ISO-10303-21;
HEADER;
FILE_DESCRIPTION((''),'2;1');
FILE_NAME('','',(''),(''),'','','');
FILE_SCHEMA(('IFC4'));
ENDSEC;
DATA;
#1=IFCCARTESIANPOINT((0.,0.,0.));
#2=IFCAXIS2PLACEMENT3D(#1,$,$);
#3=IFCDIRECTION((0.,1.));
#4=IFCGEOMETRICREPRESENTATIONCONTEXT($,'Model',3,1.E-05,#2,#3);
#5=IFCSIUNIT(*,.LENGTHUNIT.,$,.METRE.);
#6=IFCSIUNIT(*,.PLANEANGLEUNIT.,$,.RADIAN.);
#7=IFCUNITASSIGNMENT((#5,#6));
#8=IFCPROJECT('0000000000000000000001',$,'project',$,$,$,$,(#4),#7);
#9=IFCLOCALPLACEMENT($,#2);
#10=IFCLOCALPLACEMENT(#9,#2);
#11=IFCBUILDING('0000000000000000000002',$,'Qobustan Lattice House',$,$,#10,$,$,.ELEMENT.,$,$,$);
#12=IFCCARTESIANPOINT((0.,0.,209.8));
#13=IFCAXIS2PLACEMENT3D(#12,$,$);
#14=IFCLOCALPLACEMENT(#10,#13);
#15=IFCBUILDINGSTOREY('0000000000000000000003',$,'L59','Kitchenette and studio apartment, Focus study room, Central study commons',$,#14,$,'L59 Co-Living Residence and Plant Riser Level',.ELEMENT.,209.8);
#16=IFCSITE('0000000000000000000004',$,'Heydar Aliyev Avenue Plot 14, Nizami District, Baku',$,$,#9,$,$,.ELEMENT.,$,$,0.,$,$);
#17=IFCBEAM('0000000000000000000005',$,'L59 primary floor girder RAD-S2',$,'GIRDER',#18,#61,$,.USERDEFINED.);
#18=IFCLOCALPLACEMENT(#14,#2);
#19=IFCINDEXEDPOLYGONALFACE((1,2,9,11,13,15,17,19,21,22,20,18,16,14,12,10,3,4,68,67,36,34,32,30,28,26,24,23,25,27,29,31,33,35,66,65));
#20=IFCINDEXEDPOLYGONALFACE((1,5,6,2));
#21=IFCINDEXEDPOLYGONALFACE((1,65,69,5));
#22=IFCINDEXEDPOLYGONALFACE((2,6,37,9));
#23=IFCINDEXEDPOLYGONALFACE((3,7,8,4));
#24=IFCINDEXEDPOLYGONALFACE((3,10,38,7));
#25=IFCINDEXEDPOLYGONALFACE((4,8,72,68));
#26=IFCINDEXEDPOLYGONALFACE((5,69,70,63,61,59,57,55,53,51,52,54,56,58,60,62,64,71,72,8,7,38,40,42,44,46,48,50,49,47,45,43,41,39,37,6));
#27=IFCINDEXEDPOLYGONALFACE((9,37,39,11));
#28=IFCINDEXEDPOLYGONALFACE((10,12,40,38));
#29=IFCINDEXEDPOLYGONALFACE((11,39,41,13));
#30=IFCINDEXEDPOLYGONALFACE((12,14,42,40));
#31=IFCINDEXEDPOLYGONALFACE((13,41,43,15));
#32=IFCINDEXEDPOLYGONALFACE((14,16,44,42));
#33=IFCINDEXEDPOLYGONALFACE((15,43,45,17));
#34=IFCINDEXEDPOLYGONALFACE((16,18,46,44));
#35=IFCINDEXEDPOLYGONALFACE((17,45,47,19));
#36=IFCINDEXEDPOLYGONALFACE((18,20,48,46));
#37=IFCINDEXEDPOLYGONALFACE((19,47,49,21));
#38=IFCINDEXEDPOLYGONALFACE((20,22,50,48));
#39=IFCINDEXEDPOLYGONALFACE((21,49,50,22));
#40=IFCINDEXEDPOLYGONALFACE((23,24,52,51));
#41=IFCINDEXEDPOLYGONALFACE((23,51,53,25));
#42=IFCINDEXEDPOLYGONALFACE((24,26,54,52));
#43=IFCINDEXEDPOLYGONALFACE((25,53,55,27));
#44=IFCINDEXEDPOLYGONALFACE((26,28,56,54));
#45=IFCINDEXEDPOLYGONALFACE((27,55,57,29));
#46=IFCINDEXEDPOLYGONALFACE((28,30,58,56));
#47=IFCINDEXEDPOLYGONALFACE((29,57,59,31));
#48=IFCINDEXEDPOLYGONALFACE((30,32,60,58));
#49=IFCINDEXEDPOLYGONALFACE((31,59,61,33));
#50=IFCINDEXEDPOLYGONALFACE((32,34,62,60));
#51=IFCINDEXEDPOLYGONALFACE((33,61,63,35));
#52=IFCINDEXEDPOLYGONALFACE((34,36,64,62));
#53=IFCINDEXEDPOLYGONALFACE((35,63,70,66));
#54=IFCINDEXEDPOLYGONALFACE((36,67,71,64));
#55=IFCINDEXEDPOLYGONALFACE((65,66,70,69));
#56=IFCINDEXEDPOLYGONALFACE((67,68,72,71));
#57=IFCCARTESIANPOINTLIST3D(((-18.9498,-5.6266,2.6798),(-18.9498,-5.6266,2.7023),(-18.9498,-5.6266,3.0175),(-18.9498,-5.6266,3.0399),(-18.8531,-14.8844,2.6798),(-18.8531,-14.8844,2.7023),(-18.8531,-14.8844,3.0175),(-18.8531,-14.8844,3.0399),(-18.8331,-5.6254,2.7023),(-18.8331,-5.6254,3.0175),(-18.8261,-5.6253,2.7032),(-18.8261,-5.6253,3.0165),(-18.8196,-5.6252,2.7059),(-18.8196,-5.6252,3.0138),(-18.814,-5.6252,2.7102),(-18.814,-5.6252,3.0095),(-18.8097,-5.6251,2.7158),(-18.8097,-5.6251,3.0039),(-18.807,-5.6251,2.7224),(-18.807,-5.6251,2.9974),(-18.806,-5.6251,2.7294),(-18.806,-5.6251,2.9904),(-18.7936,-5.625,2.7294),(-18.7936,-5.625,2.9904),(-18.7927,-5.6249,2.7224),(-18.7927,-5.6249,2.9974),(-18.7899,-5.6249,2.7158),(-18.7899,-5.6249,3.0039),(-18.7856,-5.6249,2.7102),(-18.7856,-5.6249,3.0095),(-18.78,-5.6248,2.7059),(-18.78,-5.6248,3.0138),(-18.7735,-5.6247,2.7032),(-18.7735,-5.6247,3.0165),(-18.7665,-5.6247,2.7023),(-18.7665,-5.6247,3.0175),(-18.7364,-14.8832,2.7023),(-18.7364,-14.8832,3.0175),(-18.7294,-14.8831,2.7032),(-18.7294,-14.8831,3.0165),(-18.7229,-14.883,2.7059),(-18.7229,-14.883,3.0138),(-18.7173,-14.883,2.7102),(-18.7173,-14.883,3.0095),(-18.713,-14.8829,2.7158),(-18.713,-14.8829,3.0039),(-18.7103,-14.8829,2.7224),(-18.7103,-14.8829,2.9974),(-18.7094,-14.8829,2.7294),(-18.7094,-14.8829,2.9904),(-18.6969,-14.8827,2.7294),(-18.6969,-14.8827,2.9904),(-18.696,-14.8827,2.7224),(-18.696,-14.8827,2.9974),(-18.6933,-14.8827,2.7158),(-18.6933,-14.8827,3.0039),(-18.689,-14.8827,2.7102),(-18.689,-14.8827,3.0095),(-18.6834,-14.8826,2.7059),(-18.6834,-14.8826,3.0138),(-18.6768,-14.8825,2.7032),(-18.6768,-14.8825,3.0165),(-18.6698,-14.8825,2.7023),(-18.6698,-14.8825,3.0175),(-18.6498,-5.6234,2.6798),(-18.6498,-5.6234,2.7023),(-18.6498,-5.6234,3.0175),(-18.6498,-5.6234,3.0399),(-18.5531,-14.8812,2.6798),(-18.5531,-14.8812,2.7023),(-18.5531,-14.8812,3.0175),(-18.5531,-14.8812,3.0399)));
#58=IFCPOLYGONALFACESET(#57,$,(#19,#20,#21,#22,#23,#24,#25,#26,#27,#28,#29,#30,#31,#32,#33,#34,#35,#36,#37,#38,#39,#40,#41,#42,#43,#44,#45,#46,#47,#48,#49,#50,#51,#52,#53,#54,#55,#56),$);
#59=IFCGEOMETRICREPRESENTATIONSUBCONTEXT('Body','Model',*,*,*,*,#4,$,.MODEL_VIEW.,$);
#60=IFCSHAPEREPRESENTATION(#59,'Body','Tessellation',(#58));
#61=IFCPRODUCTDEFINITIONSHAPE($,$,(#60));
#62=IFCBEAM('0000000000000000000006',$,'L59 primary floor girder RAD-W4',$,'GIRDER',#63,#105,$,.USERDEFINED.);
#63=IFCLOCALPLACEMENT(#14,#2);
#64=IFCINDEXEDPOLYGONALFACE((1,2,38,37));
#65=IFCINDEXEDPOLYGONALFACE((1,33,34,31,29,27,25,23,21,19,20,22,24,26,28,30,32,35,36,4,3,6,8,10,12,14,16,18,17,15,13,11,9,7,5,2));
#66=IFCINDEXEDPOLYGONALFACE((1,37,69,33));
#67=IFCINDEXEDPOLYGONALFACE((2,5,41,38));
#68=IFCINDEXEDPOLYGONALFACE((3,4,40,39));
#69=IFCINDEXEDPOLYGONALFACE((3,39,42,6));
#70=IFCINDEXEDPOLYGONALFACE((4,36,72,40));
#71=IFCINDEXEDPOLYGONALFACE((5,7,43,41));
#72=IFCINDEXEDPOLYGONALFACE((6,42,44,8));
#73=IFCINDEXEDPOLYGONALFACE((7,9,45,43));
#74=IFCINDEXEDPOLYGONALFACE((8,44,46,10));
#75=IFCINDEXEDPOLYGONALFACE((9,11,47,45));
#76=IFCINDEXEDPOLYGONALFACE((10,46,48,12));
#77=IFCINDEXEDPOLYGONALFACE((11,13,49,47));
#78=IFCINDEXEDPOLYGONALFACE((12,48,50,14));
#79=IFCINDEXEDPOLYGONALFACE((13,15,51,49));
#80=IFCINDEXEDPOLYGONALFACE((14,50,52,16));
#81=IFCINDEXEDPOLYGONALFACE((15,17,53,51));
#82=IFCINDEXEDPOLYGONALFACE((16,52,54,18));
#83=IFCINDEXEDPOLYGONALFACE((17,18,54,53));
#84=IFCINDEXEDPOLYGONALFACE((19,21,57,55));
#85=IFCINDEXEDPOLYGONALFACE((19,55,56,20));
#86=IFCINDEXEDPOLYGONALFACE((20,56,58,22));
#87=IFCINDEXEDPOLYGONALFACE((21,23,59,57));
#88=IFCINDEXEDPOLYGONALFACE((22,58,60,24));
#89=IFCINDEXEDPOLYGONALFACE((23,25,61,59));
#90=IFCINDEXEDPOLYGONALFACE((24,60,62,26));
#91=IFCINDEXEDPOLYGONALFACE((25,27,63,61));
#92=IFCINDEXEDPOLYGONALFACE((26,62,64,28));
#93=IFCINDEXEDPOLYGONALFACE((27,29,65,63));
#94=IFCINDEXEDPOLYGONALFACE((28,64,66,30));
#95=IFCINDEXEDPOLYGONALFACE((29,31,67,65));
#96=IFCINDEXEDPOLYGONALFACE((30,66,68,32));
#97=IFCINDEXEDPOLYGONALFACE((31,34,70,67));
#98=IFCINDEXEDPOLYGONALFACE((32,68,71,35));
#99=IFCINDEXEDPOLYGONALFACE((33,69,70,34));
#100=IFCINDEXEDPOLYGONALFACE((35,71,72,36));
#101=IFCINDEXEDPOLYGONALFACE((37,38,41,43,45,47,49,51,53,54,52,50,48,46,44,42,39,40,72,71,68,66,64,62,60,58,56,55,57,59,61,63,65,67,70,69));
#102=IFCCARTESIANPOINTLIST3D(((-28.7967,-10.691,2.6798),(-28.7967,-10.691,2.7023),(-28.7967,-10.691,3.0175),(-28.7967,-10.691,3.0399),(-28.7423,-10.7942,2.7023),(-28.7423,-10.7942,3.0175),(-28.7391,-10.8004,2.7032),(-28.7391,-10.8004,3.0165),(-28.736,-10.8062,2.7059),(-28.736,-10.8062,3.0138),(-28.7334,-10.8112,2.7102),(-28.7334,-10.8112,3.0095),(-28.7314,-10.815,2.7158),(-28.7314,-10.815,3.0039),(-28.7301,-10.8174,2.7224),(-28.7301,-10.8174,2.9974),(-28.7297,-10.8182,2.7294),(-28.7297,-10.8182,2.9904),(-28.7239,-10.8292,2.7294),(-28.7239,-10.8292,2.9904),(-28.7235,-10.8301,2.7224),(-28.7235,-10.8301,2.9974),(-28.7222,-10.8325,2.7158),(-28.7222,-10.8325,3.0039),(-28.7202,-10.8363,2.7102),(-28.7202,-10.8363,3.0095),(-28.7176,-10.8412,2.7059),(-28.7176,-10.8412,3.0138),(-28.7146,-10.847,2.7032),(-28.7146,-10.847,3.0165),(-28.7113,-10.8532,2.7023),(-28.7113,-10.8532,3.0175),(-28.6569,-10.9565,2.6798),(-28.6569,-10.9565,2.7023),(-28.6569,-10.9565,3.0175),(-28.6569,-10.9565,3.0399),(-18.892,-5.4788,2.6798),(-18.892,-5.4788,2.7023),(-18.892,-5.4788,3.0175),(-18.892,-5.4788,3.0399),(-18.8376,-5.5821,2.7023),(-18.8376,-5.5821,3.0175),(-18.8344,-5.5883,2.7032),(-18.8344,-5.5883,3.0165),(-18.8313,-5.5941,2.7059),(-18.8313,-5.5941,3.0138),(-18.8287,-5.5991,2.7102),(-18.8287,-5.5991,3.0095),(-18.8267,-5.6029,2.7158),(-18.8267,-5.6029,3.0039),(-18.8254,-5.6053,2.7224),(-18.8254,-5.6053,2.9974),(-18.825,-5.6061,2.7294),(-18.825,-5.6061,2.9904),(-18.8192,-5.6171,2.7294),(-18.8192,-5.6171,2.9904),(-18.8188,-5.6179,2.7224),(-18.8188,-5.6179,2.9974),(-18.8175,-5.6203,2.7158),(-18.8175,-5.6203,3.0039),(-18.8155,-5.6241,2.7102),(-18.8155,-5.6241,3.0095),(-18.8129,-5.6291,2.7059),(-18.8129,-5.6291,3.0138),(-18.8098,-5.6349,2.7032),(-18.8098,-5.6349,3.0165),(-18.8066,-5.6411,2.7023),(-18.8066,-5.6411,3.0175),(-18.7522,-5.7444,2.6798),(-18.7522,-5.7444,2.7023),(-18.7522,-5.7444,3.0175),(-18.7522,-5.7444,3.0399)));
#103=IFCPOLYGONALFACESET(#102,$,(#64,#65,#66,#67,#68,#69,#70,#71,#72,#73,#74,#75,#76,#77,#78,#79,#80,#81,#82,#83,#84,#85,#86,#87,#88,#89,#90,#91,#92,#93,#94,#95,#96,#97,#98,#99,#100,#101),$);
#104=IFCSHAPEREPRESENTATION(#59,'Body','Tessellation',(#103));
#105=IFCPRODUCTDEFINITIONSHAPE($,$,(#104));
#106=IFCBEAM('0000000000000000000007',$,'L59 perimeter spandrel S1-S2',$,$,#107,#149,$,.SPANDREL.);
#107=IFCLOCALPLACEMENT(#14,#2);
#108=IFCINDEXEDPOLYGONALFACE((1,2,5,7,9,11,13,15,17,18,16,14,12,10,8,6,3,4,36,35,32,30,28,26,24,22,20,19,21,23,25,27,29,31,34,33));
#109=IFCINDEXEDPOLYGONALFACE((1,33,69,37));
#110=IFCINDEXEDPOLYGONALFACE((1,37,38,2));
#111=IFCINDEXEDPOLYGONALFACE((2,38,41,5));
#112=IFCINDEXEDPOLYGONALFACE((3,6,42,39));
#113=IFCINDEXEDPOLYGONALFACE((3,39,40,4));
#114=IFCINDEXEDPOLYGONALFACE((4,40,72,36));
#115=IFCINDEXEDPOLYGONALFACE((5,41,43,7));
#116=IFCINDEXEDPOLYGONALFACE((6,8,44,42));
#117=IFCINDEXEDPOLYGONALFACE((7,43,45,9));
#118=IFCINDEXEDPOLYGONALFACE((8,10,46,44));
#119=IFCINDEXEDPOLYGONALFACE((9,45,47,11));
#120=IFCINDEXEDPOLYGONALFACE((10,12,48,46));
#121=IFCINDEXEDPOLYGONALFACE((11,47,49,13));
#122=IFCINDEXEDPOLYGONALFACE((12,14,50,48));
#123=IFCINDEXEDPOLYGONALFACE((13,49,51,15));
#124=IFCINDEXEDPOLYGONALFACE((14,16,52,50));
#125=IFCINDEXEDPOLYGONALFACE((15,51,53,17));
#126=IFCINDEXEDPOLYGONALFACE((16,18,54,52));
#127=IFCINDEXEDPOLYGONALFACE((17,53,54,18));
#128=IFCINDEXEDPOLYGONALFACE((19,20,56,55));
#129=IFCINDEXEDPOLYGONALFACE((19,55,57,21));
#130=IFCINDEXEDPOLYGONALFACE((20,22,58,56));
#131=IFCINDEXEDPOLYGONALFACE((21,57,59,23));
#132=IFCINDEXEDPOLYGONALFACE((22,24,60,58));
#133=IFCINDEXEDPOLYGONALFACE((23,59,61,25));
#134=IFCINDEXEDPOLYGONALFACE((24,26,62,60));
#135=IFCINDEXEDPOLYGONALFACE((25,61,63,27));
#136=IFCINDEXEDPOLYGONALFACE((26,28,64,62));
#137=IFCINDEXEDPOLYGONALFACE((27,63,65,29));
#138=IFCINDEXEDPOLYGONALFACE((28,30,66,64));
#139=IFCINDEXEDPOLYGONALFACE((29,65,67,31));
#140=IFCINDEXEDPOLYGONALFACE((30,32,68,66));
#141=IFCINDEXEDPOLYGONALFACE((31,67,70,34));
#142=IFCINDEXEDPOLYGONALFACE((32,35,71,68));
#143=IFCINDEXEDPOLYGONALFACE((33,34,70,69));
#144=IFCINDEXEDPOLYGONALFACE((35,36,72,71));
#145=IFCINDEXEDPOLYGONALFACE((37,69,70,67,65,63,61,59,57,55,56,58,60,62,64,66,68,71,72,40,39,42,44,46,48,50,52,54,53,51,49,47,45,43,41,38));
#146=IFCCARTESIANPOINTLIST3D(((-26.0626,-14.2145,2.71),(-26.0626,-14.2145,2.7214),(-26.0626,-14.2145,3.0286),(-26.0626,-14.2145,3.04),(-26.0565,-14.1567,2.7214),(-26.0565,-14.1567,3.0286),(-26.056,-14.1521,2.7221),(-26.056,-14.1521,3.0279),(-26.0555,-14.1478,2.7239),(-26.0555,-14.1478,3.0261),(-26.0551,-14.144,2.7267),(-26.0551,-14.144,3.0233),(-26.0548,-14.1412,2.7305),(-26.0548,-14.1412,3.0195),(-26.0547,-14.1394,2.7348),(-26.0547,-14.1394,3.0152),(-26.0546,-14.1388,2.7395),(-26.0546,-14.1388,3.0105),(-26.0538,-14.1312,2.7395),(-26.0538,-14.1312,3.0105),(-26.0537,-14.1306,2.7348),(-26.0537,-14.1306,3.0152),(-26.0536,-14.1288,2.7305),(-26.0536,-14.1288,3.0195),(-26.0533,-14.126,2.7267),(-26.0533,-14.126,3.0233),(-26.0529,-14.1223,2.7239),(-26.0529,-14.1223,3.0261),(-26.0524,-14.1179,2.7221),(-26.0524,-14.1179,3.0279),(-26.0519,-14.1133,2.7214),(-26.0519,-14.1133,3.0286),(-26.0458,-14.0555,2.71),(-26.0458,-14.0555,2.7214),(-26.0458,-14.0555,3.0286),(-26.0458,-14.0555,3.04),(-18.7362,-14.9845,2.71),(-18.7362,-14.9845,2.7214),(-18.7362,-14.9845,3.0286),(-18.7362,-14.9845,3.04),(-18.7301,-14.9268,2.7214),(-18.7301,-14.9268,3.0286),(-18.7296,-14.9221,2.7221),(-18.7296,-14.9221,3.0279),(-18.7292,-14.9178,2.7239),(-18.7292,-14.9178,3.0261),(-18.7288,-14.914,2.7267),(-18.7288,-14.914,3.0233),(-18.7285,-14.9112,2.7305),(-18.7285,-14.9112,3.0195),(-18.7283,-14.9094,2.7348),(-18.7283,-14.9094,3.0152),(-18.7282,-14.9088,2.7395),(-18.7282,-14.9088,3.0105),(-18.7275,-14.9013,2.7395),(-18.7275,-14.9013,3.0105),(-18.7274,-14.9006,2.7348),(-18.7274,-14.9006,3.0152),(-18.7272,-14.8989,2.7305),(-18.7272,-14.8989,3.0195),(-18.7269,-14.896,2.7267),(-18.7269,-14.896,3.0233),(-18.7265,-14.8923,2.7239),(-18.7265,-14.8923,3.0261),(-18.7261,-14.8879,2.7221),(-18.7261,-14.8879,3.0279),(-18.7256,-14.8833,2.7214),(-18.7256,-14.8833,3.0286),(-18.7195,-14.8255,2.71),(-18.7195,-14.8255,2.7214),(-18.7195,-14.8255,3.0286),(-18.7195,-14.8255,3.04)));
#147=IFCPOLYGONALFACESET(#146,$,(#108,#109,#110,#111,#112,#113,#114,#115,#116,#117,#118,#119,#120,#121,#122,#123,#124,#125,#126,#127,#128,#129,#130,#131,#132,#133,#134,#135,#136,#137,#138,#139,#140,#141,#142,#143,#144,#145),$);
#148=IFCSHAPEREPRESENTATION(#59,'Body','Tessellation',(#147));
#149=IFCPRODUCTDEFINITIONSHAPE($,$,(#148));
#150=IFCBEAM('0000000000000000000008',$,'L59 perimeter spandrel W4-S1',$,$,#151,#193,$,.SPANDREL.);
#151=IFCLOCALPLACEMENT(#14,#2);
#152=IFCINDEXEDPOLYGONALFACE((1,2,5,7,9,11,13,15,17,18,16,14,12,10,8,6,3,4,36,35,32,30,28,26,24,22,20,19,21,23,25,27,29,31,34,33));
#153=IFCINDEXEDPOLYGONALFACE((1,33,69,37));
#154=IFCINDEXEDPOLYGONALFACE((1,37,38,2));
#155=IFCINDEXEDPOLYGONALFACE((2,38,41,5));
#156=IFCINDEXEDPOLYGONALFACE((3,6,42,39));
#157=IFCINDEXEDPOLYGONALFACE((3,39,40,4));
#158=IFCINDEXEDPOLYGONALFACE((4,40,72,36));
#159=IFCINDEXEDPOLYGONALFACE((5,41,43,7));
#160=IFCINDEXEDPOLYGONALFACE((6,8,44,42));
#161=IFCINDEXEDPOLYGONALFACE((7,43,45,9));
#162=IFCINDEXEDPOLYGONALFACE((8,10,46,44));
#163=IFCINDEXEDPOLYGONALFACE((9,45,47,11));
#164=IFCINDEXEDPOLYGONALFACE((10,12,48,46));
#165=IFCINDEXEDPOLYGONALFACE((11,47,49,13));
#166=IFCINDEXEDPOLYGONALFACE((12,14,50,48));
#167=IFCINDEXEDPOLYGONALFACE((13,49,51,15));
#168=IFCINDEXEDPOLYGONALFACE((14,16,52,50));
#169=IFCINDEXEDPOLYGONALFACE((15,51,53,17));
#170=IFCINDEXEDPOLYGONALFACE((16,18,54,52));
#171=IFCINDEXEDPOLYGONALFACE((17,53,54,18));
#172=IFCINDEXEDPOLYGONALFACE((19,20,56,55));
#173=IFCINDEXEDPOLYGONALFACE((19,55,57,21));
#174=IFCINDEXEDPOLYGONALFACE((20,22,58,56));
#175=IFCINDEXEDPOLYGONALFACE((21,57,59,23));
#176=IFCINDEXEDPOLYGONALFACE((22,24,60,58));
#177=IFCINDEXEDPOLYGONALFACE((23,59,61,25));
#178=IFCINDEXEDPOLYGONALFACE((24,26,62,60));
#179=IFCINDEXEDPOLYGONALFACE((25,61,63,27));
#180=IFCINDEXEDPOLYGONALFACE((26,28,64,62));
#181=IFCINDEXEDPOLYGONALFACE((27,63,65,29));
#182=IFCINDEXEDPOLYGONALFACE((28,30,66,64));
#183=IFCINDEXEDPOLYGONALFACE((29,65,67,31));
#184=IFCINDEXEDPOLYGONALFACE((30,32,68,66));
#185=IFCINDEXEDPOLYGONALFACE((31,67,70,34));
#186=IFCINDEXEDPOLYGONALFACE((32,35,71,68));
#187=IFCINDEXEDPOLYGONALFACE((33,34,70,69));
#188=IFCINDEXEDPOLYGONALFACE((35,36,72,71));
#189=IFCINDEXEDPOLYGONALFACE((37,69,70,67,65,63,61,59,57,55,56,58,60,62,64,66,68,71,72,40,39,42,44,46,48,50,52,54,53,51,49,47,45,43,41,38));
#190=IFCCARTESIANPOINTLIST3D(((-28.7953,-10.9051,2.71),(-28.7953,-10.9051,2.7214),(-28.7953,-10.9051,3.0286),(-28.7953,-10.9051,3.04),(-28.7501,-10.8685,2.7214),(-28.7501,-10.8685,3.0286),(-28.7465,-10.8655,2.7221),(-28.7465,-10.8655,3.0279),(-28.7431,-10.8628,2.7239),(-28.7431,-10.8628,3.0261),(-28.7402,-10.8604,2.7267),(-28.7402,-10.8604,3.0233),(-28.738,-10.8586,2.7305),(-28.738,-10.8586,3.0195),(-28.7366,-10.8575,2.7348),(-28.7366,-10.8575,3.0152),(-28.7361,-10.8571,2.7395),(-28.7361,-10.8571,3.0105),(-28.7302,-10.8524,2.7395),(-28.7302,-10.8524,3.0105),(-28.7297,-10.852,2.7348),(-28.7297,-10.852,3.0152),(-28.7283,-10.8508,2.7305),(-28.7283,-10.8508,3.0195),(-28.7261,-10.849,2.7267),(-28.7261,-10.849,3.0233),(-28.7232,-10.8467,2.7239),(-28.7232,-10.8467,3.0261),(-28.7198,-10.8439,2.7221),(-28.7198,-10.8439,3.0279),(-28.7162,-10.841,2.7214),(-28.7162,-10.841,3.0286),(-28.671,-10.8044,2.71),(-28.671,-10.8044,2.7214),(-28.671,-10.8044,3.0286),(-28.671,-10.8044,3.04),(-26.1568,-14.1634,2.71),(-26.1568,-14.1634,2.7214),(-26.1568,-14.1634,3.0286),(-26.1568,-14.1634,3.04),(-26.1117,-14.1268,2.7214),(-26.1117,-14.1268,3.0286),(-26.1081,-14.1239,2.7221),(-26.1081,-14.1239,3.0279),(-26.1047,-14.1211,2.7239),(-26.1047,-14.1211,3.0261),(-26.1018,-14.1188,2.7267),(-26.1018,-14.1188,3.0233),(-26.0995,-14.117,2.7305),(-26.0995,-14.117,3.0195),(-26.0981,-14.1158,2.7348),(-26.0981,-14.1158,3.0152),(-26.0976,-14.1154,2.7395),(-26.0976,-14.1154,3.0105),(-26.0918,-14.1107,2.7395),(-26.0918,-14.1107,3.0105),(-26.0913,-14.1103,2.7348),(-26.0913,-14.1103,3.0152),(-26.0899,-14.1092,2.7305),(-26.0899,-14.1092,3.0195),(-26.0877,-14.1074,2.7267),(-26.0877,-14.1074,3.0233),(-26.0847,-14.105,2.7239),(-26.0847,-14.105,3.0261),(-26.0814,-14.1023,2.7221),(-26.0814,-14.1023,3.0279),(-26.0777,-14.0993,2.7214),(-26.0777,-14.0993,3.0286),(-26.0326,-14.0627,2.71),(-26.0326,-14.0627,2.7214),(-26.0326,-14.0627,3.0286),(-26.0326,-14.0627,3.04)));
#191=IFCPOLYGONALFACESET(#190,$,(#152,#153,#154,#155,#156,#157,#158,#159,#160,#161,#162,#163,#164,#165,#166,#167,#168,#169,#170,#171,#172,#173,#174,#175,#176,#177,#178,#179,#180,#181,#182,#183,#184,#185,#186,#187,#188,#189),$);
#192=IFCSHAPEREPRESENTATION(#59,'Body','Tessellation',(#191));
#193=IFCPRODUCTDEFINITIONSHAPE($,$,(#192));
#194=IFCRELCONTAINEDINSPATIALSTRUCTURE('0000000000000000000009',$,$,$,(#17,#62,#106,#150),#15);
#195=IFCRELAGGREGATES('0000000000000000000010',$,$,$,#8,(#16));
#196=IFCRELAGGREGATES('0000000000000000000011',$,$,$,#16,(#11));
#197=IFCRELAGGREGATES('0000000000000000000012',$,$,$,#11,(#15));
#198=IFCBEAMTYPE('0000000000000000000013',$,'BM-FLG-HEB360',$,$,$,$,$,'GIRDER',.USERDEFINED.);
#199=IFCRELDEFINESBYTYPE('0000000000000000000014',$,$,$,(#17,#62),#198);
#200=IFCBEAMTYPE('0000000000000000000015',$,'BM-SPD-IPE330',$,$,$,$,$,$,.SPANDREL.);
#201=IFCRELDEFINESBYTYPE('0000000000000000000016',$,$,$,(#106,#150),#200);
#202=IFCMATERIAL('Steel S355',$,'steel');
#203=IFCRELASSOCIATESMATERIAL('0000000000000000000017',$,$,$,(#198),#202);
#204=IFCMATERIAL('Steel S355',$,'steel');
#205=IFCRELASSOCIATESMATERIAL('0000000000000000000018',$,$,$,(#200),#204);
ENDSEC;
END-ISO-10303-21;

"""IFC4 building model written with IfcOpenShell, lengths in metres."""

from ifc_helpers import new_model, si_unit, direction, frame, origin, origin_2d, place, context, subcontext, project, spatial, i_section, extrude, material, material_profile, profile_set, type_object, element, save


model = new_model("IFC4")

# Units and contexts
model_context = context("Model", 3, precision=1e-05, world=origin(), true_north=direction((0.0, 1.0)))
body_context = subcontext(model_context, "Body", "Model", "MODEL_VIEW")
ifc_project = project(units=[si_unit("LENGTHUNIT", "METRE"), si_unit("PLANEANGLEUNIT", "RADIAN")], contexts=[model_context])

# Site, building, storey
site_placement = place(None, origin())
site = spatial("IfcSite", under=ifc_project, at=site_placement, Name="Heydar Aliyev Avenue Plot 14, Nizami District, Baku", CompositionType="ELEMENT", RefElevation=0.0)
building_placement = place(site_placement, origin())
building = spatial("IfcBuilding", under=site, at=building_placement, Name="Qobustan Lattice House", CompositionType="ELEMENT")
storey_placement = place(building_placement, frame((0.0, 0.0, 209.8)))
storey = spatial("IfcBuildingStorey", under=building, at=storey_placement, Name="L59", Description="Kitchenette and studio apartment, Focus study room, Central study commons", LongName="L59 Co-Living Residence and Plant Riser Level", CompositionType="ELEMENT", Elevation=209.8)

# Beams
ifc_material_1 = material(Name="Steel S355", Category="steel")
ifc_material_profile_1 = material_profile(ifc_material_1, i_section(OverallWidth=0.3, OverallDepth=0.3601, WebThickness=0.0125, FlangeThickness=0.0225, FilletRadius=0.0271, at=origin_2d()), Name="HEB360")
ifc_profile_set_1 = profile_set([ifc_material_profile_1], Name="Steel S355")
beam_type_1 = type_object("IfcBeamType", Name="BM-FLG-HEB360", ElementType="GIRDER", PredefinedType="USERDEFINED", material=ifc_profile_set_1)
beam_1_placement = place(storey_placement, frame((-18.7031, -14.8828, 2.8599), z_axis=(-0.010442, 0.999945, 0.0), x_axis=(-0.999945, -0.010442, 0.0)))
element("IfcBeam", 1, at=beam_1_placement, inside=storey, type_object=beam_type_1, Name="L59 primary floor girder RAD-S2", ObjectType="GIRDER", PredefinedType="USERDEFINED", context=body_context, shape_type="SweptSolid", body=[
    extrude(i_section(OverallWidth=0.3, OverallDepth=0.3601, WebThickness=0.0125, FlangeThickness=0.0225, FilletRadius=0.0271, at=origin_2d()), origin(), (0.0, 0.0, 1.0), 9.2583),
])
beam_2_placement = place(storey_placement, frame((-28.7268, -10.8237, 2.8599), z_axis=(0.884951, 0.465684, 0.0), x_axis=(-0.465684, 0.884951, 0.0)))
element("IfcBeam", 2, at=beam_2_placement, inside=storey, type_object=beam_type_1, Name="L59 primary floor girder RAD-W4", ObjectType="GIRDER", PredefinedType="USERDEFINED", context=body_context, shape_type="SweptSolid", body=[
    extrude(i_section(OverallWidth=0.3, OverallDepth=0.3601, WebThickness=0.0125, FlangeThickness=0.0225, FilletRadius=0.0271, at=origin_2d()), origin(), (0.0, 0.0, 1.0), 11.1924),
])
ifc_material_2 = material(Name="Steel S355", Category="steel")
ifc_material_profile_2 = material_profile(ifc_material_2, i_section(OverallWidth=0.1599, OverallDepth=0.3301, WebThickness=0.0076, FlangeThickness=0.0115, FilletRadius=0.0181, at=origin_2d()), Name="IPE330")
ifc_profile_set_2 = profile_set([ifc_material_profile_2], Name="Steel S355")
beam_type_2 = type_object("IfcBeamType", Name="BM-SPD-IPE330", PredefinedType="SPANDREL", material=ifc_profile_set_2)
beam_3_placement = place(storey_placement, frame((-26.0542, -14.135, 2.875), z_axis=(0.994522, -0.104526, 0.0), x_axis=(0.104526, 0.994522, 0.0)))
element("IfcBeam", 3, at=beam_3_placement, inside=storey, type_object=beam_type_2, Name="L59 perimeter spandrel S1-S2", PredefinedType="SPANDREL", context=body_context, shape_type="SweptSolid", body=[
    extrude(i_section(OverallWidth=0.1599, OverallDepth=0.3301, WebThickness=0.0076, FlangeThickness=0.0115, FilletRadius=0.0181, at=origin_2d()), origin(), (0.0, 0.0, 1.0), 7.3667),
])
beam_4_placement = place(storey_placement, frame((-28.7332, -10.8547, 2.875), z_axis=(0.629307, -0.777157, 0.0), x_axis=(0.777157, 0.629307, 0.0)))
element("IfcBeam", 4, at=beam_4_placement, inside=storey, type_object=beam_type_2, Name="L59 perimeter spandrel W4-S1", PredefinedType="SPANDREL", context=body_context, shape_type="SweptSolid", body=[
    extrude(i_section(OverallWidth=0.1599, OverallDepth=0.3301, WebThickness=0.0076, FlangeThickness=0.0115, FilletRadius=0.0181, at=origin_2d()), origin(), (0.0, 0.0, 1.0), 4.1926),
])

save(model, "model.ifc")
